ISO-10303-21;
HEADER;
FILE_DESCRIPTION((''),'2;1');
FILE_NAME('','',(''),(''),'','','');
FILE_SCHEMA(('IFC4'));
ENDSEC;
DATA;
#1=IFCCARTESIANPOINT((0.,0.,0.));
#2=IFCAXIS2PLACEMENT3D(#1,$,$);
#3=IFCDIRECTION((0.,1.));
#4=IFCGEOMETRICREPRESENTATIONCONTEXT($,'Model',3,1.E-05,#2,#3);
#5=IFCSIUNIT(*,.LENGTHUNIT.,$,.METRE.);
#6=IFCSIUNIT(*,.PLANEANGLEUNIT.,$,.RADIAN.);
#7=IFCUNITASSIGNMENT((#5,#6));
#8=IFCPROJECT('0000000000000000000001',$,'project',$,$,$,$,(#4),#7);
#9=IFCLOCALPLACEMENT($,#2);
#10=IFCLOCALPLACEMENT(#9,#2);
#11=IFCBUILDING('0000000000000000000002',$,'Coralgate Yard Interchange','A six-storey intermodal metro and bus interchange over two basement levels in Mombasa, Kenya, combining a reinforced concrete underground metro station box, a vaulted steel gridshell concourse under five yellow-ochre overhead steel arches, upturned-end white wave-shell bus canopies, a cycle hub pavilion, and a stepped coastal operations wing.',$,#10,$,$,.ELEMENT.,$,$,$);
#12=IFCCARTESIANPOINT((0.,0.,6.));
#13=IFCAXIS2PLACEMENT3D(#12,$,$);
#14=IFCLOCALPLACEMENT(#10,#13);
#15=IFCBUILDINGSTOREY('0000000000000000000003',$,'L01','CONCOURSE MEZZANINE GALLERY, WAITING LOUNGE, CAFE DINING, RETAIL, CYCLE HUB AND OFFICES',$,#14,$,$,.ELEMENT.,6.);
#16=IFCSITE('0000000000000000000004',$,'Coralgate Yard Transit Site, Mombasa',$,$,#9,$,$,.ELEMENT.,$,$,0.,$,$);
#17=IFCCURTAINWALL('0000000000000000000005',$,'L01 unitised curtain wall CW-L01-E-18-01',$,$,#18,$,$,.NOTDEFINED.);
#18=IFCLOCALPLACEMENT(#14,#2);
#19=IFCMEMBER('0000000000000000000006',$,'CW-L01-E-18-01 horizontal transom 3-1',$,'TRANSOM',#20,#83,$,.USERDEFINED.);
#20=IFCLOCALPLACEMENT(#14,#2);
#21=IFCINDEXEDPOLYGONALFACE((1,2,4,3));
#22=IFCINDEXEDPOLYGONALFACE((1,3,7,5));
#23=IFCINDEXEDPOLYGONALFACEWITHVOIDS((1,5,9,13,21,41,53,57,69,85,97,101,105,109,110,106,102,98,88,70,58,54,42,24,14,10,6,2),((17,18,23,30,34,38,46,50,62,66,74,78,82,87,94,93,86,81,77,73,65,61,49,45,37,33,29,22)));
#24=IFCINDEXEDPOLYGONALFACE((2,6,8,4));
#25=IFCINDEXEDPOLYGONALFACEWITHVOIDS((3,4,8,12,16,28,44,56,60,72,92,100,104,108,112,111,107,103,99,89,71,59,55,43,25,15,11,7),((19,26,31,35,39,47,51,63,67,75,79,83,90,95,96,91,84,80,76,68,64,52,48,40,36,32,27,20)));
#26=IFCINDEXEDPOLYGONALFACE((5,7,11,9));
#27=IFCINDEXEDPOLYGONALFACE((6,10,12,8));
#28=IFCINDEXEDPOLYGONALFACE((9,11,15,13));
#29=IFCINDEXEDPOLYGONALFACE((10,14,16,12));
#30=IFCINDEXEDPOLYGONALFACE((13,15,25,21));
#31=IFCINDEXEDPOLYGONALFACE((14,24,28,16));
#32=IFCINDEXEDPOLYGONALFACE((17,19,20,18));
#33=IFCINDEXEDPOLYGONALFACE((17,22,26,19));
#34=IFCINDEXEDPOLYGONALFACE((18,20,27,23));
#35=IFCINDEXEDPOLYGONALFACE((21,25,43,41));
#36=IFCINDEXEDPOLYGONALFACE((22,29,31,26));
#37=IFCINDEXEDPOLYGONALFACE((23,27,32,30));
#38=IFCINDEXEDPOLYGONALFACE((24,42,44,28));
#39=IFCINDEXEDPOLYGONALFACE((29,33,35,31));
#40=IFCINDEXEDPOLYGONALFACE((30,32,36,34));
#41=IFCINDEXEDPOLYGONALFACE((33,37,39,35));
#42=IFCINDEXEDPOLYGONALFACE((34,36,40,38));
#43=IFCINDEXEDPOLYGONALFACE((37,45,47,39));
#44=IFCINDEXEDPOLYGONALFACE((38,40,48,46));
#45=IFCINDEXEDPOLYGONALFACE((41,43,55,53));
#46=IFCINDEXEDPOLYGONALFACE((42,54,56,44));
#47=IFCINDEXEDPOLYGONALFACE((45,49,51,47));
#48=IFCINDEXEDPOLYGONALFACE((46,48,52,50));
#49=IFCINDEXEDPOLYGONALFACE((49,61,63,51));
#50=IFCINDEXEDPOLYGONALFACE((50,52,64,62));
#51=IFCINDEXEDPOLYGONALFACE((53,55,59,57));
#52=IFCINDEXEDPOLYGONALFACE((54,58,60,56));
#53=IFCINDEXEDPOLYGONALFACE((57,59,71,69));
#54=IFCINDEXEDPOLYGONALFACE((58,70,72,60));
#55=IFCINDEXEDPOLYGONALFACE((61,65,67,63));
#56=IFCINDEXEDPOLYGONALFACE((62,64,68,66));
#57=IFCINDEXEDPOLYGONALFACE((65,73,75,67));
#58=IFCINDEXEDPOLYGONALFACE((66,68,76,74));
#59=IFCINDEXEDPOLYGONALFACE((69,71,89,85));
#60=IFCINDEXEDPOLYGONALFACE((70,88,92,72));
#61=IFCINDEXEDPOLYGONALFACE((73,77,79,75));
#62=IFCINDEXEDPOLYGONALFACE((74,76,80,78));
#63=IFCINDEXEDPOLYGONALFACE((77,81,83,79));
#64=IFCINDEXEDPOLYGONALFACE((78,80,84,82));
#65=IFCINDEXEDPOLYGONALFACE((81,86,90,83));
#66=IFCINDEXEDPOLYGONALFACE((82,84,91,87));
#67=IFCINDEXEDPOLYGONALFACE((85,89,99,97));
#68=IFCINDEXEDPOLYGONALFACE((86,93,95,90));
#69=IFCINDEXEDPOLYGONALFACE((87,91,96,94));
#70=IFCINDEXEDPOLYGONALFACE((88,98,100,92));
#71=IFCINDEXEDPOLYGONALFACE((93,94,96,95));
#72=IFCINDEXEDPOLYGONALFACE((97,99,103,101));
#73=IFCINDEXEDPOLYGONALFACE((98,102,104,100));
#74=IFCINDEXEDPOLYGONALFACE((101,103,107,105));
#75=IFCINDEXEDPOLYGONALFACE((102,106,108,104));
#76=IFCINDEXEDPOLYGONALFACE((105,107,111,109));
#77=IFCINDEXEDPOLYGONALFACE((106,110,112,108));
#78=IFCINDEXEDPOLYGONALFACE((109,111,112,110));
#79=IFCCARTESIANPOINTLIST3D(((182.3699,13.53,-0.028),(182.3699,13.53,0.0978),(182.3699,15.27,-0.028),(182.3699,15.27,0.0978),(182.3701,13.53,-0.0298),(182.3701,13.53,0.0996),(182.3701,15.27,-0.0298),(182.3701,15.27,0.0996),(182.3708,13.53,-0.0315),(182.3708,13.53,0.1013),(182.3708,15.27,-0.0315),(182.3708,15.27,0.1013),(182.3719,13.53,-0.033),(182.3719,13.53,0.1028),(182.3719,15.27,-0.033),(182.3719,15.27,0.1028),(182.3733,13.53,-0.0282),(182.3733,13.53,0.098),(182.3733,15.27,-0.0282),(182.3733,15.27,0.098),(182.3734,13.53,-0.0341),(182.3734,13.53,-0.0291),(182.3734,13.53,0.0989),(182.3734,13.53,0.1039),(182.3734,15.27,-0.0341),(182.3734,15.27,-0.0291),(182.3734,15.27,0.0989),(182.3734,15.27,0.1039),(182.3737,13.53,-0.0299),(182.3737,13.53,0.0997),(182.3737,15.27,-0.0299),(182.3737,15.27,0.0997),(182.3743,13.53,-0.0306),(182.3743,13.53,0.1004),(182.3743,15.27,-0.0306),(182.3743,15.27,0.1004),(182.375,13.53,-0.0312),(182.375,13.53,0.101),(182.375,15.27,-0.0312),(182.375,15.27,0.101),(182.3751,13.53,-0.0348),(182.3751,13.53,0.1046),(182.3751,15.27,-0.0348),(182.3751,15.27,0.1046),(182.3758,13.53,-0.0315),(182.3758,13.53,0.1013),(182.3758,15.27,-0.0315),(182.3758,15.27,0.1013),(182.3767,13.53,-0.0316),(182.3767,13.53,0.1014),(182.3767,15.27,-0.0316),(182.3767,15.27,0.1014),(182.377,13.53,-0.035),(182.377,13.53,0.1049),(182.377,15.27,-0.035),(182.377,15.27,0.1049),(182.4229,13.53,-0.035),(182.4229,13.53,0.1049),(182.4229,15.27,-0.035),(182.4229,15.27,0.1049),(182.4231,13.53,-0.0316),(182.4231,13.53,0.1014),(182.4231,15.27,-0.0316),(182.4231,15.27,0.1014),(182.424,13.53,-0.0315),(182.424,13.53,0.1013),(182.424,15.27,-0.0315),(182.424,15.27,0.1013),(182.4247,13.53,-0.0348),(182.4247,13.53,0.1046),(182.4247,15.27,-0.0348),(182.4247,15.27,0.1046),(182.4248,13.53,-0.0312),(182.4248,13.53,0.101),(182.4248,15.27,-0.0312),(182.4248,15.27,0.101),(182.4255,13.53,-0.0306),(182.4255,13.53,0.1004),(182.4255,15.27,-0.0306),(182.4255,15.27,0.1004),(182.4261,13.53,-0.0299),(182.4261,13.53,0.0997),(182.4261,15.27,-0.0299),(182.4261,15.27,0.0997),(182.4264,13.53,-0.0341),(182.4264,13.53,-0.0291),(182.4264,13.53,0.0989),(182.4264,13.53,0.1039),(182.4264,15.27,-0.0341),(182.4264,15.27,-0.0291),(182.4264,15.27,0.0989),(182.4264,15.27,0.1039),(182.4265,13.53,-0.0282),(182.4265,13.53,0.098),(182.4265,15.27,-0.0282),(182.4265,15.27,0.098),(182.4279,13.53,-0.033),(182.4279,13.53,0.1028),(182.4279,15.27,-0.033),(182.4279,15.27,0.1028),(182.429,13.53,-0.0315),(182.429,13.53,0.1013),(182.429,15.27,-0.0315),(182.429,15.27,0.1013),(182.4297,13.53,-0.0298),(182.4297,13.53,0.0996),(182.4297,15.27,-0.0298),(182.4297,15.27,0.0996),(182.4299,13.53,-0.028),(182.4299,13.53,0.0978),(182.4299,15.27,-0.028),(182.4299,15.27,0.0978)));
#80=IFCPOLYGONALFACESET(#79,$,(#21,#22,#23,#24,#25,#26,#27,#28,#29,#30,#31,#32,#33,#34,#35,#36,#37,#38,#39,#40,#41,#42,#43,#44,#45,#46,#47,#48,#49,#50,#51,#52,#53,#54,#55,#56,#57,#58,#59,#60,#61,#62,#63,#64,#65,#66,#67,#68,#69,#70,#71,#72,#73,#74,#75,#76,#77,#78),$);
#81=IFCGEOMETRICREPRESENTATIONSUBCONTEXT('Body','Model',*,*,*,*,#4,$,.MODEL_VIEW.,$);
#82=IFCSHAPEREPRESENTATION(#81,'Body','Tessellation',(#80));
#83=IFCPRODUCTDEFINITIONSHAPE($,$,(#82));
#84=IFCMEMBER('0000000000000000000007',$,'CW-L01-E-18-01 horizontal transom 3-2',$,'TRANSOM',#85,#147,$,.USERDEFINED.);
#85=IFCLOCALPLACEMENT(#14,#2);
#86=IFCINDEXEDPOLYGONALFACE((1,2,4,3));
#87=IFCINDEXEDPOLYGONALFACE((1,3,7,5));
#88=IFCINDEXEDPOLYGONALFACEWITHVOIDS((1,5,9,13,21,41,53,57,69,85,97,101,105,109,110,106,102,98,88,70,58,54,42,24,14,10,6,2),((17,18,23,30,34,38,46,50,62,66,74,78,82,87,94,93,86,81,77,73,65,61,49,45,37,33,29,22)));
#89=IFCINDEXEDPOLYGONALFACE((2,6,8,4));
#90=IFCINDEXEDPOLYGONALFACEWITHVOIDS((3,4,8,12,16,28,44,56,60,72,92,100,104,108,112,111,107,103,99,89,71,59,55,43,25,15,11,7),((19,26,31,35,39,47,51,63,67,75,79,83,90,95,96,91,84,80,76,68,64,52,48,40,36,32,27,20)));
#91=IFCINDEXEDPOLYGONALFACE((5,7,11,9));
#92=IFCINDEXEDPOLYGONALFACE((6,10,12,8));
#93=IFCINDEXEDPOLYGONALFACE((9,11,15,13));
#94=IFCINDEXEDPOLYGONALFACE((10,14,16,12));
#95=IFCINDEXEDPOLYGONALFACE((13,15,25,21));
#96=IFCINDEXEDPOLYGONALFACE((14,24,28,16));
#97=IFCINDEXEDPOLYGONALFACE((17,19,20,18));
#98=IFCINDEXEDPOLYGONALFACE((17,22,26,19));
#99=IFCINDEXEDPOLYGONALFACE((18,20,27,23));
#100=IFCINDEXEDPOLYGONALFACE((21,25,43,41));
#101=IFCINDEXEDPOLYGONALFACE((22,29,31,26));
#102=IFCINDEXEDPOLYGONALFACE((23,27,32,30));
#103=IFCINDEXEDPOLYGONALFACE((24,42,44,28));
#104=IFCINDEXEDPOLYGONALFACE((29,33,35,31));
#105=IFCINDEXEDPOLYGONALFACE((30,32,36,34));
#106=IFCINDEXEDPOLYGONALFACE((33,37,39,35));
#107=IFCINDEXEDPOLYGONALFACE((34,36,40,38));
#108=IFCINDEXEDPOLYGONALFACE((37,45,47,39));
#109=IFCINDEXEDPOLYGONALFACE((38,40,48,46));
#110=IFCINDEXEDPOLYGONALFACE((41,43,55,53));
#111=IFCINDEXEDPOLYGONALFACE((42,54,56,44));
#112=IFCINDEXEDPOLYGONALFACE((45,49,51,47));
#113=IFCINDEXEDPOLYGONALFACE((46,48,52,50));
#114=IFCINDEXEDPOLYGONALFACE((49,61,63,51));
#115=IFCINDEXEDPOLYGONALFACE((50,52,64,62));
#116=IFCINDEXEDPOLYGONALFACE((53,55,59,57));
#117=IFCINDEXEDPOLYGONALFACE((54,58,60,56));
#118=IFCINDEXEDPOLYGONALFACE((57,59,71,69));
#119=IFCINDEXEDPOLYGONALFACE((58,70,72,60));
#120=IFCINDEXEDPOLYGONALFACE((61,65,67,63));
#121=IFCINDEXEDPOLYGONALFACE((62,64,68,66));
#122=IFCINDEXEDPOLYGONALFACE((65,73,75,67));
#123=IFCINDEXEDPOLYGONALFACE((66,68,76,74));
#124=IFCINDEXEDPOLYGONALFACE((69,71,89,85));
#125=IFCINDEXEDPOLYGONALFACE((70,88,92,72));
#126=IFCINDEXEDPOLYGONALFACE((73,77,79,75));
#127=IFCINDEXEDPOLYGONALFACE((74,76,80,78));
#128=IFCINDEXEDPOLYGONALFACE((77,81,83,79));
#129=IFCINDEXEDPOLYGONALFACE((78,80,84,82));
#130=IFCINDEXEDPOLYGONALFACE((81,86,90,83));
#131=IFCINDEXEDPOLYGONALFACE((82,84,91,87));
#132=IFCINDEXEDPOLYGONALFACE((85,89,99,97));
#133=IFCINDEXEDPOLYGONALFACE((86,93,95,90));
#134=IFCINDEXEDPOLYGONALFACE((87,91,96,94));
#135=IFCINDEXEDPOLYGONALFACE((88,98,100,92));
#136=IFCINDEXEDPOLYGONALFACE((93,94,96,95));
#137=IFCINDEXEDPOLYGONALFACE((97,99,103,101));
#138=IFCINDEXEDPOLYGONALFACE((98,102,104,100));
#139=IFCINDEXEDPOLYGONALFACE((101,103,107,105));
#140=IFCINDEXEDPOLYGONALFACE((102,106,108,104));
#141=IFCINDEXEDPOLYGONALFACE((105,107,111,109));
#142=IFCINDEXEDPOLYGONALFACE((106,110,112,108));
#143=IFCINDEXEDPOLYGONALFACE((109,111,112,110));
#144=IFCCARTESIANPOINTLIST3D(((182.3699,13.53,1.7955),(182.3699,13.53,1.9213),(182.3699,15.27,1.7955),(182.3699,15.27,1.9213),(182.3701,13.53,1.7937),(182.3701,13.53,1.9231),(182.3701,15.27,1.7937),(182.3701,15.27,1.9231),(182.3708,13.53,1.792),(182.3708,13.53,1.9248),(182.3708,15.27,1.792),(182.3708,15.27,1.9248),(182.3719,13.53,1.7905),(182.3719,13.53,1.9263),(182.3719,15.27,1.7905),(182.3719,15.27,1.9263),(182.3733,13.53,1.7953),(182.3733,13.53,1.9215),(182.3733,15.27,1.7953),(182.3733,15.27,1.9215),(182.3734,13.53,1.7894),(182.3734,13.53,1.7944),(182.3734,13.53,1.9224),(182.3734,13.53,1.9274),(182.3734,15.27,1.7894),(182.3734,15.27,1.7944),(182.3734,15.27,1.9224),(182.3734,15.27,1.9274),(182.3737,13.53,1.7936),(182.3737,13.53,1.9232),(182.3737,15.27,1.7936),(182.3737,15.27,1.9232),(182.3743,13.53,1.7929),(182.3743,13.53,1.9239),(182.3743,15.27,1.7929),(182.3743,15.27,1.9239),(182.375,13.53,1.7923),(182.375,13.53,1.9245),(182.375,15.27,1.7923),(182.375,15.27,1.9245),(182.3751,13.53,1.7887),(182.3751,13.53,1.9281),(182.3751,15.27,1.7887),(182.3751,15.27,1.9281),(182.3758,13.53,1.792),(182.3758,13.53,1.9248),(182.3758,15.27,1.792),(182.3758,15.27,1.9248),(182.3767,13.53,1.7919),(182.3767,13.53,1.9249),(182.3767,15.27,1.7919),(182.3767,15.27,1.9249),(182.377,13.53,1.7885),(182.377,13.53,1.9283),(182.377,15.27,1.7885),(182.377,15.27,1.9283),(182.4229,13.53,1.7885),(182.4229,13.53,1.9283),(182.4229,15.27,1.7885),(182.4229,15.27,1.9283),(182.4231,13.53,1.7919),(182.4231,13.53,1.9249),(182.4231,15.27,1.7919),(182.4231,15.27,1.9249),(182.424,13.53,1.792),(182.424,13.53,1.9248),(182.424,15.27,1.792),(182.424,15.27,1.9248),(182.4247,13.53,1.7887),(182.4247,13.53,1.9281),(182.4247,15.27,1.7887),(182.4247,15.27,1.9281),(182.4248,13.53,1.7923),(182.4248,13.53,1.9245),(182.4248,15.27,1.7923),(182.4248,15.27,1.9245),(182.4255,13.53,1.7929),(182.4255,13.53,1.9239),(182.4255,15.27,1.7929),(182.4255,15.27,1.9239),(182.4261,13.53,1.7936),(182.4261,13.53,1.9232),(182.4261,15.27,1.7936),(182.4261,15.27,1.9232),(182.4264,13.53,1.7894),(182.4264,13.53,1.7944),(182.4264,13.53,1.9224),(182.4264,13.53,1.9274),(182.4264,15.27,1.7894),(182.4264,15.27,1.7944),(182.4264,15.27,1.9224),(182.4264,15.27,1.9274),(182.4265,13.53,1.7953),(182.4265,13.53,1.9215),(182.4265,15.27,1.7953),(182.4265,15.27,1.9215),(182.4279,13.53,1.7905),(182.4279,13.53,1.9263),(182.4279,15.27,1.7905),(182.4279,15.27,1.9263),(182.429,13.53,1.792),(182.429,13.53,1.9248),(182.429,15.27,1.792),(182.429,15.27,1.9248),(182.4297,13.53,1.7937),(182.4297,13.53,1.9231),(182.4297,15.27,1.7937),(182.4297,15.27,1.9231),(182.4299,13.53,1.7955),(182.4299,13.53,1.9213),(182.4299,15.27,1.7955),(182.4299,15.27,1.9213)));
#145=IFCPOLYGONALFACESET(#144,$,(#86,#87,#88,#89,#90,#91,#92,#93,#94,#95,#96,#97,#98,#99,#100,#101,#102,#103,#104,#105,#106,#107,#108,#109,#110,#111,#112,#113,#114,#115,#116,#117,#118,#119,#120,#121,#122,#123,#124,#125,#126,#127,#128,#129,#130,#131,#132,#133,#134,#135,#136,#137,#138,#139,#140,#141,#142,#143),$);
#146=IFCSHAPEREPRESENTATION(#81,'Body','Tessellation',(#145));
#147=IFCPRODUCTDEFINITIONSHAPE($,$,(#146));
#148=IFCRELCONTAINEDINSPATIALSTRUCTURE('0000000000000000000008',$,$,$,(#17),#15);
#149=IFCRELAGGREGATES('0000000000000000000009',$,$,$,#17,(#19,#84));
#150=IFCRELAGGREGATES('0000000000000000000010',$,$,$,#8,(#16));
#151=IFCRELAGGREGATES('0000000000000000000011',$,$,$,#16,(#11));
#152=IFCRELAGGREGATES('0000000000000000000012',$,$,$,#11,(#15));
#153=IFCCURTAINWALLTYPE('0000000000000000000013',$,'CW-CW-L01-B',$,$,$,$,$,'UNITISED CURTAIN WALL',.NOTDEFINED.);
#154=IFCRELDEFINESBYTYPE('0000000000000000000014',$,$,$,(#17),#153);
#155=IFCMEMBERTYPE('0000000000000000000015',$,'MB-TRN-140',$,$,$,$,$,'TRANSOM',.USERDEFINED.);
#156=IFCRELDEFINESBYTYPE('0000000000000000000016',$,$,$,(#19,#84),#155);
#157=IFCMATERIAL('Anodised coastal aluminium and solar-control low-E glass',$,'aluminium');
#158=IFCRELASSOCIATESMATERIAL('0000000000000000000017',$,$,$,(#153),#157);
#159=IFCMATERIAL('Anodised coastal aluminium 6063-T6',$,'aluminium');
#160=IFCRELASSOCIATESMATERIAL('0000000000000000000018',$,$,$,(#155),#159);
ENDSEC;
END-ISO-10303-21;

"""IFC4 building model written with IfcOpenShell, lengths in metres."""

from ifc_helpers import new_model, si_unit, direction, frame, origin, origin_2d, place, context, subcontext, project, spatial, hollow_rectangle, extrude, material, material_profile, profile_set, type_object, element, aggregate, save


model = new_model("IFC4")

# Units and contexts
model_context = context("Model", 3, precision=1e-05, world=origin(), true_north=direction((0.0, 1.0)))
body_context = subcontext(model_context, "Body", "Model", "MODEL_VIEW")
ifc_project = project(units=[si_unit("LENGTHUNIT", "METRE"), si_unit("PLANEANGLEUNIT", "RADIAN")], contexts=[model_context])

# Site, building, storey
site_placement = place(None, origin())
site = spatial("IfcSite", under=ifc_project, at=site_placement, Name="Coralgate Yard Transit Site, Mombasa", CompositionType="ELEMENT", RefElevation=0.0)
building_placement = place(site_placement, origin())
building = spatial("IfcBuilding", under=site, at=building_placement, Name="Coralgate Yard Interchange", Description="A six-storey intermodal metro and bus interchange over two basement levels in Mombasa, Kenya, combining a reinforced concrete underground metro station box, a vaulted steel gridshell concourse under five yellow-ochre overhead steel arches, upturned-end white wave-shell bus canopies, a cycle hub pavilion, and a stepped coastal operations wing.", CompositionType="ELEMENT")
storey_placement = place(building_placement, frame((0.0, 0.0, 6.0)))
storey = spatial("IfcBuildingStorey", under=building, at=storey_placement, Name="L01", Description="CONCOURSE MEZZANINE GALLERY, WAITING LOUNGE, CAFE DINING, RETAIL, CYCLE HUB AND OFFICES", CompositionType="ELEMENT", Elevation=6.0)

# Curtain wall, members
ifc_material_1 = material(Name="Anodised coastal aluminium and solar-control low-E glass", Category="aluminium")
curtain_wall_type = type_object("IfcCurtainWallType", Name="CW-CW-L01-B", ElementType="UNITISED CURTAIN WALL", PredefinedType="NOTDEFINED", material=ifc_material_1)
curtain_wall_placement = place(storey_placement, origin())
curtain_wall = element("IfcCurtainWall", 1, at=curtain_wall_placement, inside=storey, type_object=curtain_wall_type, Name="L01 unitised curtain wall CW-L01-E-18-01", PredefinedType="NOTDEFINED")
ifc_material_2 = material(Name="Anodised coastal aluminium 6063-T6", Category="aluminium")
ifc_material_profile_1 = material_profile(ifc_material_2, hollow_rectangle(XDim=0.0601, YDim=0.1399, WallThickness=0.0034, InnerFilletRadius=0.0034, OuterFilletRadius=0.0071, at=origin_2d()), Name="ALU 60x140x3.5")
ifc_profile_set_1 = profile_set([ifc_material_profile_1], Name="Anodised coastal aluminium 6063-T6")
member_type_1 = type_object("IfcMemberType", Name="MB-TRN-140", ElementType="TRANSOM", PredefinedType="USERDEFINED", material=ifc_profile_set_1)
member_1_placement = place(storey_placement, frame((182.3999, 15.27, 0.0349), z_axis=(0.0, -1.0, 0.0), x_axis=(1.0, 0.0, 0.0)))
member_1 = element("IfcMember", 2, at=member_1_placement, type_object=member_type_1, Name="CW-L01-E-18-01 horizontal transom 3-1", ObjectType="TRANSOM", PredefinedType="USERDEFINED", context=body_context, shape_type="SweptSolid", body=[
    extrude(hollow_rectangle(XDim=0.0601, YDim=0.1399, WallThickness=0.0034, InnerFilletRadius=0.0034, OuterFilletRadius=0.0071, at=origin_2d()), origin(), (0.0, 0.0, 1.0), 1.74),
])
member_2_placement = place(storey_placement, frame((182.3999, 15.27, 1.8584), z_axis=(0.0, -1.0, 0.0), x_axis=(1.0, 0.0, 0.0)))
member_2 = element("IfcMember", 3, at=member_2_placement, type_object=member_type_1, Name="CW-L01-E-18-01 horizontal transom 3-2", ObjectType="TRANSOM", PredefinedType="USERDEFINED", context=body_context, shape_type="SweptSolid", body=[
    extrude(hollow_rectangle(XDim=0.0601, YDim=0.1399, WallThickness=0.0034, InnerFilletRadius=0.0034, OuterFilletRadius=0.0071, at=origin_2d()), origin(), (0.0, 0.0, 1.0), 1.74),
])
aggregate(curtain_wall, [member_1, member_2])

save(model, "model.ifc")
